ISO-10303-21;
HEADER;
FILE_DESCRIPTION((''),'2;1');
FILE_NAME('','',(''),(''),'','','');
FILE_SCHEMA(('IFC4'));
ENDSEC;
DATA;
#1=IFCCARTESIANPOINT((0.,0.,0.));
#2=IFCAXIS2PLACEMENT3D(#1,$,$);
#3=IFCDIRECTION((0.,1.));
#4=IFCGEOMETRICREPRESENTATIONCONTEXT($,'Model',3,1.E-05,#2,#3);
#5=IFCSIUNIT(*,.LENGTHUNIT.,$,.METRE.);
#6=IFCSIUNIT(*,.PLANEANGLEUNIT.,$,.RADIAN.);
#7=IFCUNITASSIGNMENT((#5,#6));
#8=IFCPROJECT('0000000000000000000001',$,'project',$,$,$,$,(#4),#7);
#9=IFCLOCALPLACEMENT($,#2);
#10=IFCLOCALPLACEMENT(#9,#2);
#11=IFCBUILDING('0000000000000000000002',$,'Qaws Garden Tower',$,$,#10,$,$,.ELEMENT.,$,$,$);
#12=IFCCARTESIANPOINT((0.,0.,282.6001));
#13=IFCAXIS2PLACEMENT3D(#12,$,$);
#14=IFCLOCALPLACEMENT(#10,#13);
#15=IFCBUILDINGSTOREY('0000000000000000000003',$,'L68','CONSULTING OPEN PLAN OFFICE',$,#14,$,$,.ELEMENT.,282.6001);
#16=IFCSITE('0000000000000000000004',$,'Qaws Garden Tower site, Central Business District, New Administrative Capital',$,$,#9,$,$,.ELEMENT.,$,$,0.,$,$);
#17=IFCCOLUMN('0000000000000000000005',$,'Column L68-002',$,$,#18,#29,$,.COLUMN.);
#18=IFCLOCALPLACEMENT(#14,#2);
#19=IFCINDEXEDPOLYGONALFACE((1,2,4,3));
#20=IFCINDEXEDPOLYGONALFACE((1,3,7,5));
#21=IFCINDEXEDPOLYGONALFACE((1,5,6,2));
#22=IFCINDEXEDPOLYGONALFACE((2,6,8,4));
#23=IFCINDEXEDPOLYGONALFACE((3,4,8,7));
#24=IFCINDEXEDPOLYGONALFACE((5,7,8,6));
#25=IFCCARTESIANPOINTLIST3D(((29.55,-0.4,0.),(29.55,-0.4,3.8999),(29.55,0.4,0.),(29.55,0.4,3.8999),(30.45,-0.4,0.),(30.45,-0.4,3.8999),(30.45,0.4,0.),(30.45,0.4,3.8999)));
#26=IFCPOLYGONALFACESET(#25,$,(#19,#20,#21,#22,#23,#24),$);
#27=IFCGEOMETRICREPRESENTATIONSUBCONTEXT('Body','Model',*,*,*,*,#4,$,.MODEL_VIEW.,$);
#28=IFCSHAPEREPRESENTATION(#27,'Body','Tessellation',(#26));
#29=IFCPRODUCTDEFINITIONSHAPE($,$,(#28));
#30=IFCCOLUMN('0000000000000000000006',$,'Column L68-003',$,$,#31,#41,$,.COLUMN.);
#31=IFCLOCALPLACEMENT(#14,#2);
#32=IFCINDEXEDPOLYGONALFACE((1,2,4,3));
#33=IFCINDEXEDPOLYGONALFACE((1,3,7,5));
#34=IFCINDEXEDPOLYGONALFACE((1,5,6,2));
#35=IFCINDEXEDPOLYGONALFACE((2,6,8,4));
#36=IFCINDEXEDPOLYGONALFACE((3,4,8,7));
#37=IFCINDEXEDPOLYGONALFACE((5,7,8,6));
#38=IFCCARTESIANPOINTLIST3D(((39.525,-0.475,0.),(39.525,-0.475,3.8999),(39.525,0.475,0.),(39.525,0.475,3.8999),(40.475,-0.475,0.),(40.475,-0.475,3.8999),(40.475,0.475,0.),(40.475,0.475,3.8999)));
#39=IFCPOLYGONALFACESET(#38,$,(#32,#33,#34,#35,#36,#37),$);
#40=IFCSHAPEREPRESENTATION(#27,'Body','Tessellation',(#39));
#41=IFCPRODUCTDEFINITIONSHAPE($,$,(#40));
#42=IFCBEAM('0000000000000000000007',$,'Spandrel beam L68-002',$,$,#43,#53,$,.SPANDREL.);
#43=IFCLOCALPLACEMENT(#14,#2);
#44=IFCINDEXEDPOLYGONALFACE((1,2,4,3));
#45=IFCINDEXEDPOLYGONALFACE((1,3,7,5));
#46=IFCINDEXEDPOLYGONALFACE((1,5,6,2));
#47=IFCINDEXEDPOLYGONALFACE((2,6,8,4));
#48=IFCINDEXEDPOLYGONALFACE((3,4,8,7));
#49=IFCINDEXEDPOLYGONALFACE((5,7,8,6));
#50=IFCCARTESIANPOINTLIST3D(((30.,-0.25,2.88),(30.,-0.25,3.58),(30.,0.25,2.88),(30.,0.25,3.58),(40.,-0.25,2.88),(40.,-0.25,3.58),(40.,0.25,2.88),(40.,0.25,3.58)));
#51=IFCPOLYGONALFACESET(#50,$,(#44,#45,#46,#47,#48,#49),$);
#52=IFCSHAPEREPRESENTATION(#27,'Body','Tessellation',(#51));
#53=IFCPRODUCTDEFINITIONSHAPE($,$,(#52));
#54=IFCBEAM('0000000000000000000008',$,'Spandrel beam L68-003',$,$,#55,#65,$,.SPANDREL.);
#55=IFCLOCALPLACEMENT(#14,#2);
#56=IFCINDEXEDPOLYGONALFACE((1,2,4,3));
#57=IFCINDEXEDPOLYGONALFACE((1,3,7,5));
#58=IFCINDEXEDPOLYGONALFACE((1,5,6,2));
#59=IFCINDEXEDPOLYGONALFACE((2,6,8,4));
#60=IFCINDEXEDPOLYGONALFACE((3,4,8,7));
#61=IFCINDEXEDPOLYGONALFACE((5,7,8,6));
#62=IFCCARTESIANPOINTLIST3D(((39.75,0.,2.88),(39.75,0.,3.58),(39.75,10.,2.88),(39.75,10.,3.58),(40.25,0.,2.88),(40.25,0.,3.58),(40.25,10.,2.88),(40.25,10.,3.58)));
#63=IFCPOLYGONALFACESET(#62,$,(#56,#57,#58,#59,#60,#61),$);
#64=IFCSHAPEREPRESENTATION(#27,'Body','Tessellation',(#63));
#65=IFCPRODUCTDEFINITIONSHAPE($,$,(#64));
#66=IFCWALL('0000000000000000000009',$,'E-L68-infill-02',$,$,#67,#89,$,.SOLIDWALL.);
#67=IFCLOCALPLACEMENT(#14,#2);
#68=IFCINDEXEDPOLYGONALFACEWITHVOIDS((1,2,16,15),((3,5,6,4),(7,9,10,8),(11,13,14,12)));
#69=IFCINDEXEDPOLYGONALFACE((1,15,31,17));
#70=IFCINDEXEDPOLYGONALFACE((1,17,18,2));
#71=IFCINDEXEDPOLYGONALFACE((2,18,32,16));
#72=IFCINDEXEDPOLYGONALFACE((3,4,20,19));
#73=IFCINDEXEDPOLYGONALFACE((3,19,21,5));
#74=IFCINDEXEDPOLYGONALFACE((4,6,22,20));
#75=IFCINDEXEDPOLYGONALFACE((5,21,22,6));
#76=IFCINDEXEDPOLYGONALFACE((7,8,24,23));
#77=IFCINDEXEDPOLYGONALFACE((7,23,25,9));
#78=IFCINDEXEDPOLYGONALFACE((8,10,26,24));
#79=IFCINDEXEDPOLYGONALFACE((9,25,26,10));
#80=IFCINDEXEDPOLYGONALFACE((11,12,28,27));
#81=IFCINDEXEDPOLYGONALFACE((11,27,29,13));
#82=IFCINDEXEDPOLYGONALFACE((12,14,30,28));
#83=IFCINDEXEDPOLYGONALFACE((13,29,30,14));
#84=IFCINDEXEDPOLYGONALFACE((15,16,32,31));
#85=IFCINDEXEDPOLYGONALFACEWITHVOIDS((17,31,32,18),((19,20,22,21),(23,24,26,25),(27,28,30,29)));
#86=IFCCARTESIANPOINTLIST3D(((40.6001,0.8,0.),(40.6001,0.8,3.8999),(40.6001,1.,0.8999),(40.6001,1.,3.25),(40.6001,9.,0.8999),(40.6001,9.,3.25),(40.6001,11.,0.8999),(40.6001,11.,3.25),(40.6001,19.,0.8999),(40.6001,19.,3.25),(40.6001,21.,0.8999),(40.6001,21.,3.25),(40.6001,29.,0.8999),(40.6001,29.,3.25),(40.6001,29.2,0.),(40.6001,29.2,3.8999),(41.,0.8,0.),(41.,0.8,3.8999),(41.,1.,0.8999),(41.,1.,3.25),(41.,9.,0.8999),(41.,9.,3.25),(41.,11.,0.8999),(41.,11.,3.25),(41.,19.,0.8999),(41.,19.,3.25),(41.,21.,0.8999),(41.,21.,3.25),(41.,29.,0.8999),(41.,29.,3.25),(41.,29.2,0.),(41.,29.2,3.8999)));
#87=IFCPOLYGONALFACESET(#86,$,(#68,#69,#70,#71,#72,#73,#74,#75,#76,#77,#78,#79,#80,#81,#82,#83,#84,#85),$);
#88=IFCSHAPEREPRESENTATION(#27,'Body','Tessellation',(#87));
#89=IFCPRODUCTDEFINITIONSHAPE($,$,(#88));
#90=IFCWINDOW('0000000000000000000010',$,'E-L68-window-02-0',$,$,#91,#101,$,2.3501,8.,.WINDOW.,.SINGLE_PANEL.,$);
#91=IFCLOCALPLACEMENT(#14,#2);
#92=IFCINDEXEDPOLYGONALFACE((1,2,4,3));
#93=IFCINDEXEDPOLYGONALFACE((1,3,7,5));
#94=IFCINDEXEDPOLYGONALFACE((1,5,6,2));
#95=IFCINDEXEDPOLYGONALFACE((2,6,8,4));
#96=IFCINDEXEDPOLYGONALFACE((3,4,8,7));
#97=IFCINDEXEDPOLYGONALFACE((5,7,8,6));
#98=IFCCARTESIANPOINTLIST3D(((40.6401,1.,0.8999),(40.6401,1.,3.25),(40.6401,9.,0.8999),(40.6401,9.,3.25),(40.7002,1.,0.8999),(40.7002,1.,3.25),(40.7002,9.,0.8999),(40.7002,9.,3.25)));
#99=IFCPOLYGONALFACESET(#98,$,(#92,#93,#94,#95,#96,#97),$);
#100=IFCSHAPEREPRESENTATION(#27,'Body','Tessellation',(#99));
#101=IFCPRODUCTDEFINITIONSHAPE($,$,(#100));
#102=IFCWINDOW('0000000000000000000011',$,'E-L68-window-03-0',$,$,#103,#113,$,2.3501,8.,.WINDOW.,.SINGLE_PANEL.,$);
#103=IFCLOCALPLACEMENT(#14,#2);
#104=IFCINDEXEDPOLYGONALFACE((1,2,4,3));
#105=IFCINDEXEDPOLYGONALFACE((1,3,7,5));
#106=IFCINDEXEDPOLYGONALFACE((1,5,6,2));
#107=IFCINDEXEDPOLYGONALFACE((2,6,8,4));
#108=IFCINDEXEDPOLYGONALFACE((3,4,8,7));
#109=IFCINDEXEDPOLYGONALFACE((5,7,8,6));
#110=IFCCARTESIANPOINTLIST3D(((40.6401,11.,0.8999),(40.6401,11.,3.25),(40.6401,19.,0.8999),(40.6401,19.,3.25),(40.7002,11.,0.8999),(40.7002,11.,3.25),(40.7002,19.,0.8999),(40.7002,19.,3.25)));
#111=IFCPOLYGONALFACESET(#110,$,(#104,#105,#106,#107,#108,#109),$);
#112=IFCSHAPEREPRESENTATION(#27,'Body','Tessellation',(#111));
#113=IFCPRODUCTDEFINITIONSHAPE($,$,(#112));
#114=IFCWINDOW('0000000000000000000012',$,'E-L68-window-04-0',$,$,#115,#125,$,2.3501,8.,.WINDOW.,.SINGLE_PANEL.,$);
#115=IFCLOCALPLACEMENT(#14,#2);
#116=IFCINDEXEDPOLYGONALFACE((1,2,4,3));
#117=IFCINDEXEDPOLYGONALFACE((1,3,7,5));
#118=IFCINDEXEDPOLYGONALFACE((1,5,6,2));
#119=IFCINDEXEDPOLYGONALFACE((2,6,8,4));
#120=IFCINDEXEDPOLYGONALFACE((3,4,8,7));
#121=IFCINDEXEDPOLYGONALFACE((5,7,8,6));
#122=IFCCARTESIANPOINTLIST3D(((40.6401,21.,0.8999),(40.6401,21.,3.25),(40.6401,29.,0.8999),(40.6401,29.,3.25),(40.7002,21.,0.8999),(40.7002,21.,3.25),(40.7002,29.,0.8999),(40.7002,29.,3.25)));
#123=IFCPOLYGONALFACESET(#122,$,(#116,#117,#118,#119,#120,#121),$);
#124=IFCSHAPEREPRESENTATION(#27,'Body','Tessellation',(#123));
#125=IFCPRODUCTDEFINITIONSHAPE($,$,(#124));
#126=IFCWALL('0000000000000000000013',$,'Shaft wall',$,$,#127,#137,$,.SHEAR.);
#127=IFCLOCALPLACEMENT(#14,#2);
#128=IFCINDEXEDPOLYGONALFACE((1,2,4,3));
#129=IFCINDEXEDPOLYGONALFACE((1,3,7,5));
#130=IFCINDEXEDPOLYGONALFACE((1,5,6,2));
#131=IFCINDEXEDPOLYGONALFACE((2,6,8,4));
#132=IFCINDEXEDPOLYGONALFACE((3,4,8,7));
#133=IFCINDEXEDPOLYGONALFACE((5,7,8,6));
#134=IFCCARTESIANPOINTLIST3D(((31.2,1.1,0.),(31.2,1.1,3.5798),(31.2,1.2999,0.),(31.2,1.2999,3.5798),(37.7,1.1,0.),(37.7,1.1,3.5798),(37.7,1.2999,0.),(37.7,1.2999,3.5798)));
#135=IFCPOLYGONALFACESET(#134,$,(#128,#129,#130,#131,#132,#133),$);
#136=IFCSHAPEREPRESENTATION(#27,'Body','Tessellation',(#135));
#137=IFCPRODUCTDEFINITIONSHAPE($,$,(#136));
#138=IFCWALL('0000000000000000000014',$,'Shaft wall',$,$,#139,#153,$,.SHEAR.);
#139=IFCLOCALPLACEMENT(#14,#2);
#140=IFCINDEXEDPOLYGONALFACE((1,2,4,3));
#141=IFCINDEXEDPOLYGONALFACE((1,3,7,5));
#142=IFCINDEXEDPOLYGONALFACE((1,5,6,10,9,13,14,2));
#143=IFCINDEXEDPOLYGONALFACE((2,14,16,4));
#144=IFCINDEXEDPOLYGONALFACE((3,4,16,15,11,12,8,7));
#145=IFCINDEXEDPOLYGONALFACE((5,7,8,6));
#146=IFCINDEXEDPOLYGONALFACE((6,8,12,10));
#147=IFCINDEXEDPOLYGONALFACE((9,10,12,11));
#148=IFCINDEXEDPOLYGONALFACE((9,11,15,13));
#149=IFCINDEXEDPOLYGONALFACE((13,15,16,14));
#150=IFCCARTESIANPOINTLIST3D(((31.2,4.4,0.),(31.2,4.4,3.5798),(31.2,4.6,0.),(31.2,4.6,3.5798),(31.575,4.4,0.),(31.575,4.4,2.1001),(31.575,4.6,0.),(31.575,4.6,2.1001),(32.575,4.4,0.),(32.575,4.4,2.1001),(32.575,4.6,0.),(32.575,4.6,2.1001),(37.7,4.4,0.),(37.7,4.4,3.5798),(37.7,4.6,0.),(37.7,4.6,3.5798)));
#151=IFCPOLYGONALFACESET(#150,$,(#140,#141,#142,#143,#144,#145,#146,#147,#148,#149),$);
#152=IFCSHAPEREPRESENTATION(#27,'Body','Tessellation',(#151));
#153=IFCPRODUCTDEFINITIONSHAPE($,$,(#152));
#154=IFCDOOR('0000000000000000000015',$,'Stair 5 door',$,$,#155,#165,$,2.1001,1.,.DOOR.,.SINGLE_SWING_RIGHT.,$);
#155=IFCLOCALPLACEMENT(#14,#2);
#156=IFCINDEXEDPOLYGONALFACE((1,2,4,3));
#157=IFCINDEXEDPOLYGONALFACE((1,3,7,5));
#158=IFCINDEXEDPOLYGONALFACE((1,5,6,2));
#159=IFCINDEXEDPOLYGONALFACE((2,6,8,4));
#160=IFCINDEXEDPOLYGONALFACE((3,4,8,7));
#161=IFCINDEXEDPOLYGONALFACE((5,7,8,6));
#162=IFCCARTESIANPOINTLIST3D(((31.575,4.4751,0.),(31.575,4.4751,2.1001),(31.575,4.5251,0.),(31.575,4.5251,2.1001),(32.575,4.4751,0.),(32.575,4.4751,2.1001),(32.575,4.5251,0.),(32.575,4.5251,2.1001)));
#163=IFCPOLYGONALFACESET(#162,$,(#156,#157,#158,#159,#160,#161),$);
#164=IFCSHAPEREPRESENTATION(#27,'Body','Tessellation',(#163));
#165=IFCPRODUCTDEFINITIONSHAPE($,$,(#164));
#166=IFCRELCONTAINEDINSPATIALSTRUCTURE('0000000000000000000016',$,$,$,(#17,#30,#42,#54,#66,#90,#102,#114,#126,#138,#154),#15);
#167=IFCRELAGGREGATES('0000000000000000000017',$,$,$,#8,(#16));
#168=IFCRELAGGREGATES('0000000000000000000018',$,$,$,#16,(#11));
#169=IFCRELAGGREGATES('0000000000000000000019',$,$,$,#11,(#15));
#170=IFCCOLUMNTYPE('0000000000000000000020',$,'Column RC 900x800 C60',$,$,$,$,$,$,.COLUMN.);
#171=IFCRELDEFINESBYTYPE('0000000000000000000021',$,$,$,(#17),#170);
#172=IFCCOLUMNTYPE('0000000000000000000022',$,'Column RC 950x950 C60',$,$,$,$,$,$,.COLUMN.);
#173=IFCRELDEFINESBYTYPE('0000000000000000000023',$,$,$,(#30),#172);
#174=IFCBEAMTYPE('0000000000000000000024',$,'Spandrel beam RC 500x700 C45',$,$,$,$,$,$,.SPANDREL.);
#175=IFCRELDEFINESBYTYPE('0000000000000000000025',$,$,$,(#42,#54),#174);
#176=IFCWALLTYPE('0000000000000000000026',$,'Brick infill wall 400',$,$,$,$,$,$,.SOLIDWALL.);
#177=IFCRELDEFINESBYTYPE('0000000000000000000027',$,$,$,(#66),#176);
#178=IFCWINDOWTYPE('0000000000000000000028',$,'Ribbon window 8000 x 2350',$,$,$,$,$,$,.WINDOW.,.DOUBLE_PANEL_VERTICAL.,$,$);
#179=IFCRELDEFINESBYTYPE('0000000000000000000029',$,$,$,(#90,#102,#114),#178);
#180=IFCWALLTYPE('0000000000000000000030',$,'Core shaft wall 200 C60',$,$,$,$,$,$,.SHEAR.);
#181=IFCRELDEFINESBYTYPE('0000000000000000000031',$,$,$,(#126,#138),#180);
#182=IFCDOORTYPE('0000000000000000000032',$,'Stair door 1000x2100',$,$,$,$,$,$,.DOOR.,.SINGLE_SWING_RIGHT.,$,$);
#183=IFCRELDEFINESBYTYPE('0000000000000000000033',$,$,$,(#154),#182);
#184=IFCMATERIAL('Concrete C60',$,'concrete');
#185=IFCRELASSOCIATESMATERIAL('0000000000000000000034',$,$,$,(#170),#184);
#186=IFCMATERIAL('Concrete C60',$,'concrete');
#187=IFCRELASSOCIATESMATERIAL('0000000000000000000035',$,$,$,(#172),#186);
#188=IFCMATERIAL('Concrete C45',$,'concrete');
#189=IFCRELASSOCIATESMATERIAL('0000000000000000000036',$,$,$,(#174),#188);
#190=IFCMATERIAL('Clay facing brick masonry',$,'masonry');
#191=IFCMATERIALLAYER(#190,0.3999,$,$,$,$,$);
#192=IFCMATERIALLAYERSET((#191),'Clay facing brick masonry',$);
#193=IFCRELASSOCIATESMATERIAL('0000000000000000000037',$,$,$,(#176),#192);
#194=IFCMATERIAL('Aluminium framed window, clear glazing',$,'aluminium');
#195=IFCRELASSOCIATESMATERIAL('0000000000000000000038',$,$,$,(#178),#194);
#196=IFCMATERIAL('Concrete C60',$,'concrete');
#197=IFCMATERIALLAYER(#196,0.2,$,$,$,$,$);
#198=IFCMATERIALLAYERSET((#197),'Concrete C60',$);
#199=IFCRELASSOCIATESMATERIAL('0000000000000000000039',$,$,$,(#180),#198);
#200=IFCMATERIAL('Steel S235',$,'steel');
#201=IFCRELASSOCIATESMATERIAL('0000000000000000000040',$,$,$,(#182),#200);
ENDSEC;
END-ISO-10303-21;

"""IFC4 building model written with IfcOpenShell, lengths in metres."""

from ifc_helpers import new_model, si_unit, direction, frame, frame_2d, origin, origin_2d, place, context, subcontext, project, spatial, rectangle, extrude, material, layer, layer_set, material_profile, profile_set, type_object, element, fill, save


model = new_model("IFC4")

# Units and contexts
model_context = context("Model", 3, precision=1e-05, world=origin(), true_north=direction((0.0, 1.0)))
body_context = subcontext(model_context, "Body", "Model", "MODEL_VIEW")
ifc_project = project(units=[si_unit("LENGTHUNIT", "METRE"), si_unit("PLANEANGLEUNIT", "RADIAN")], contexts=[model_context])

# Site, building, storey
site_placement = place(None, origin())
site = spatial("IfcSite", under=ifc_project, at=site_placement, Name="Qaws Garden Tower site, Central Business District, New Administrative Capital", CompositionType="ELEMENT", RefElevation=0.0)
building_placement = place(site_placement, origin())
building = spatial("IfcBuilding", under=site, at=building_placement, Name="Qaws Garden Tower", CompositionType="ELEMENT")
storey_placement = place(building_placement, frame((0.0, 0.0, 282.6001)))
storey = spatial("IfcBuildingStorey", under=building, at=storey_placement, Name="L68", Description="CONSULTING OPEN PLAN OFFICE", CompositionType="ELEMENT", Elevation=282.6001)

# Columns
ifc_material_1 = material(Name="Concrete C60", Category="concrete")
ifc_material_profile_1 = material_profile(ifc_material_1, rectangle(XDim=0.8999, YDim=0.8, at=origin_2d()), Name="RC 900x800")
ifc_profile_set_1 = profile_set([ifc_material_profile_1], Name="Concrete C60")
column_type_1 = type_object("IfcColumnType", Name="Column RC 900x800 C60", PredefinedType="COLUMN", material=ifc_profile_set_1)
column_1_placement = place(storey_placement, frame((30.0, 0.0, 0.0), z_axis=(0.0, 0.0, 1.0), x_axis=(1.0, 0.0, 0.0)))
element("IfcColumn", 1, at=column_1_placement, inside=storey, type_object=column_type_1, Name="Column L68-002", PredefinedType="COLUMN", context=body_context, shape_type="SweptSolid", body=[
    extrude(rectangle(XDim=0.8999, YDim=0.8, at=origin_2d()), origin(), (0.0, 0.0, 1.0), 3.8999),
])
ifc_material_2 = material(Name="Concrete C60", Category="concrete")
ifc_material_profile_2 = material_profile(ifc_material_2, rectangle(XDim=0.95, YDim=0.95, at=origin_2d()), Name="RC 950x950")
ifc_profile_set_2 = profile_set([ifc_material_profile_2], Name="Concrete C60")
column_type_2 = type_object("IfcColumnType", Name="Column RC 950x950 C60", PredefinedType="COLUMN", material=ifc_profile_set_2)
column_2_placement = place(storey_placement, frame((40.0, 0.0, 0.0), z_axis=(0.0, 0.0, 1.0), x_axis=(1.0, 0.0, 0.0)))
element("IfcColumn", 2, at=column_2_placement, inside=storey, type_object=column_type_2, Name="Column L68-003", PredefinedType="COLUMN", context=body_context, shape_type="SweptSolid", body=[
    extrude(rectangle(XDim=0.95, YDim=0.95, at=origin_2d()), origin(), (0.0, 0.0, 1.0), 3.8999),
])

# Beams
ifc_material_3 = material(Name="Concrete C45", Category="concrete")
ifc_material_profile_3 = material_profile(ifc_material_3, rectangle(XDim=0.5, YDim=0.7, at=origin_2d()), Name="RC 500x700")
ifc_profile_set_3 = profile_set([ifc_material_profile_3], Name="Concrete C45")
beam_type = type_object("IfcBeamType", Name="Spandrel beam RC 500x700 C45", PredefinedType="SPANDREL", material=ifc_profile_set_3)
for number, where, z_axis, x_axis, name in (
    (3, (30.0, 0.0, 3.23), (1.0, 0.0, 0.0), (0.0, 1.0, 0.0), "Spandrel beam L68-002"),
    (4, (40.0, 0.0, 3.23), (0.0, 1.0, 0.0), (-1.0, 0.0, 0.0), "Spandrel beam L68-003"),
):
    element("IfcBeam", number, at=place(storey_placement, frame(where, z_axis=z_axis, x_axis=x_axis)), inside=storey, type_object=beam_type, Name=name, PredefinedType="SPANDREL", context=body_context, shape_type="SweptSolid", body=[
        extrude(rectangle(XDim=0.5, YDim=0.7, at=origin_2d()), origin(), (0.0, 0.0, 1.0), 10.0),
    ])

# Wall, openings, windows
ifc_material_4 = material(Name="Clay facing brick masonry", Category="masonry")
ifc_layer_1 = layer(ifc_material_4, 0.3999)
ifc_layer_set_1 = layer_set([ifc_layer_1], Name="Clay facing brick masonry")
wall_type_1 = type_object("IfcWallType", Name="Brick infill wall 400", PredefinedType="SOLIDWALL", material=ifc_layer_set_1)
wall_1_placement = place(storey_placement, frame((40.8, 0.8, 0.0), z_axis=(0.0, 0.0, 1.0), x_axis=(0.0, 1.0, 0.0)))
wall_1 = element("IfcWall", 5, at=wall_1_placement, inside=storey, type_object=wall_type_1, Name="E-L68-infill-02", PredefinedType="SOLIDWALL", context=body_context, shape_type="SweptSolid", body=[
    extrude(rectangle(XDim=28.3999, YDim=0.3999, at=frame_2d((14.2, 0.0))), origin(), (0.0, 0.0, 1.0), 3.8999),
])
opening_1_placement = place(wall_1_placement, frame((0.2, 0.0, 0.8999)))
opening_1 = element("IfcOpeningElement", 6, at=opening_1_placement, cuts=wall_1, PredefinedType="OPENING", context=body_context, shape_type="SweptSolid", body=[
    extrude(rectangle(XDim=8.0, YDim=2.3501, at=frame_2d((4.0, 1.175))), frame((0.0, 0.21, 0.0), z_axis=(0.0, -1.0, 0.0), x_axis=(1.0, 0.0, 0.0)), (0.0, 0.0, 1.0), 0.4199),
])
opening_2_placement = place(wall_1_placement, frame((10.2, 0.0, 0.8999)))
opening_2 = element("IfcOpeningElement", 7, at=opening_2_placement, cuts=wall_1, PredefinedType="OPENING", context=body_context, shape_type="SweptSolid", body=[
    extrude(rectangle(XDim=8.0, YDim=2.3501, at=frame_2d((4.0, 1.175))), frame((0.0, 0.21, 0.0), z_axis=(0.0, -1.0, 0.0), x_axis=(1.0, 0.0, 0.0)), (0.0, 0.0, 1.0), 0.4199),
])
opening_3_placement = place(wall_1_placement, frame((20.2, 0.0, 0.8999)))
opening_3 = element("IfcOpeningElement", 8, at=opening_3_placement, cuts=wall_1, PredefinedType="OPENING", context=body_context, shape_type="SweptSolid", body=[
    extrude(rectangle(XDim=8.0, YDim=2.3501, at=frame_2d((4.0, 1.175))), frame((0.0, 0.21, 0.0), z_axis=(0.0, -1.0, 0.0), x_axis=(1.0, 0.0, 0.0)), (0.0, 0.0, 1.0), 0.4199),
])
ifc_material_5 = material(Name="Aluminium framed window, clear glazing", Category="aluminium")
window_type = type_object("IfcWindowType", Name="Ribbon window 8000 x 2350", PartitioningType="DOUBLE_PANEL_VERTICAL", PredefinedType="WINDOW", material=ifc_material_5)
window_1_placement = place(opening_1_placement, origin())
window_1 = element("IfcWindow", 9, at=window_1_placement, inside=storey, type_object=window_type, Name="E-L68-window-02-0", OverallHeight=2.3501, OverallWidth=8.0, PartitioningType="SINGLE_PANEL", PredefinedType="WINDOW", context=body_context, shape_type="SweptSolid", body=[
    extrude(rectangle(XDim=8.0, YDim=2.3501, at=frame_2d((4.0, 1.175))), frame((0.0, 0.1599, 0.0), z_axis=(0.0, -1.0, 0.0), x_axis=(1.0, 0.0, 0.0)), (0.0, 0.0, 1.0), 0.0601),
])
fill(opening_1, window_1)
window_2_placement = place(opening_2_placement, origin())
window_2 = element("IfcWindow", 10, at=window_2_placement, inside=storey, type_object=window_type, Name="E-L68-window-03-0", OverallHeight=2.3501, OverallWidth=8.0, PartitioningType="SINGLE_PANEL", PredefinedType="WINDOW", context=body_context, shape_type="SweptSolid", body=[
    extrude(rectangle(XDim=8.0, YDim=2.3501, at=frame_2d((4.0, 1.175))), frame((0.0, 0.1599, 0.0), z_axis=(0.0, -1.0, 0.0), x_axis=(1.0, 0.0, 0.0)), (0.0, 0.0, 1.0), 0.0601),
])
fill(opening_2, window_2)
window_3_placement = place(opening_3_placement, origin())
window_3 = element("IfcWindow", 11, at=window_3_placement, inside=storey, type_object=window_type, Name="E-L68-window-04-0", OverallHeight=2.3501, OverallWidth=8.0, PartitioningType="SINGLE_PANEL", PredefinedType="WINDOW", context=body_context, shape_type="SweptSolid", body=[
    extrude(rectangle(XDim=8.0, YDim=2.3501, at=frame_2d((4.0, 1.175))), frame((0.0, 0.1599, 0.0), z_axis=(0.0, -1.0, 0.0), x_axis=(1.0, 0.0, 0.0)), (0.0, 0.0, 1.0), 0.0601),
])
fill(opening_3, window_3)

# Wall
ifc_material_6 = material(Name="Concrete C60", Category="concrete")
ifc_layer_2 = layer(ifc_material_6, 0.2)
ifc_layer_set_2 = layer_set([ifc_layer_2], Name="Concrete C60")
wall_type_2 = type_object("IfcWallType", Name="Core shaft wall 200 C60", PredefinedType="SHEAR", material=ifc_layer_set_2)
wall_2_placement = place(storey_placement, frame((31.2, 1.2, 0.0), z_axis=(0.0, 0.0, 1.0), x_axis=(1.0, 0.0, 0.0)))
element("IfcWall", 12, at=wall_2_placement, inside=storey, type_object=wall_type_2, Name="Shaft wall", PredefinedType="SHEAR", context=body_context, shape_type="SweptSolid", body=[
    extrude(rectangle(XDim=6.5, YDim=0.2, at=frame_2d((3.25, 0.0))), origin(), (0.0, 0.0, 1.0), 3.5798),
])

# Wall, opening, door
wall_3_placement = place(storey_placement, frame((31.2, 4.5, 0.0), z_axis=(0.0, 0.0, 1.0), x_axis=(1.0, 0.0, 0.0)))
wall_3 = element("IfcWall", 13, at=wall_3_placement, inside=storey, type_object=wall_type_2, Name="Shaft wall", PredefinedType="SHEAR", context=body_context, shape_type="SweptSolid", body=[
    extrude(rectangle(XDim=6.5, YDim=0.2, at=frame_2d((3.25, 0.0))), origin(), (0.0, 0.0, 1.0), 3.5798),
])
opening_4_placement = place(wall_3_placement, frame((0.375, 0.0, 0.0)))
opening_4 = element("IfcOpeningElement", 14, at=opening_4_placement, cuts=wall_3, PredefinedType="OPENING", context=body_context, shape_type="SweptSolid", body=[
    extrude(rectangle(XDim=1.0, YDim=2.1001, at=frame_2d((0.5, 1.05))), frame((0.0, 0.1099, 0.0), z_axis=(0.0, -1.0, 0.0), x_axis=(1.0, 0.0, 0.0)), (0.0, 0.0, 1.0), 0.22),
])
ifc_material_7 = material(Name="Steel S235", Category="steel")
door_type = type_object("IfcDoorType", Name="Stair door 1000x2100", OperationType="SINGLE_SWING_RIGHT", PredefinedType="DOOR", material=ifc_material_7)
door_placement = place(opening_4_placement, frame((1.0, 0.0, 0.0), z_axis=(0.0, 0.0, 1.0), x_axis=(-1.0, 0.0, 0.0)))
door = element("IfcDoor", 15, at=door_placement, inside=storey, type_object=door_type, Name="Stair 5 door", OperationType="SINGLE_SWING_RIGHT", OverallHeight=2.1001, OverallWidth=1.0, PredefinedType="DOOR", context=body_context, shape_type="SweptSolid", body=[
    extrude(rectangle(XDim=1.0, YDim=2.1001, at=frame_2d((0.5, 1.05))), frame((0.0, 0.0249, 0.0), z_axis=(0.0, -1.0, 0.0), x_axis=(1.0, 0.0, 0.0)), (0.0, 0.0, 1.0), 0.05),
])
fill(opening_4, door)

save(model, "model.ifc")
